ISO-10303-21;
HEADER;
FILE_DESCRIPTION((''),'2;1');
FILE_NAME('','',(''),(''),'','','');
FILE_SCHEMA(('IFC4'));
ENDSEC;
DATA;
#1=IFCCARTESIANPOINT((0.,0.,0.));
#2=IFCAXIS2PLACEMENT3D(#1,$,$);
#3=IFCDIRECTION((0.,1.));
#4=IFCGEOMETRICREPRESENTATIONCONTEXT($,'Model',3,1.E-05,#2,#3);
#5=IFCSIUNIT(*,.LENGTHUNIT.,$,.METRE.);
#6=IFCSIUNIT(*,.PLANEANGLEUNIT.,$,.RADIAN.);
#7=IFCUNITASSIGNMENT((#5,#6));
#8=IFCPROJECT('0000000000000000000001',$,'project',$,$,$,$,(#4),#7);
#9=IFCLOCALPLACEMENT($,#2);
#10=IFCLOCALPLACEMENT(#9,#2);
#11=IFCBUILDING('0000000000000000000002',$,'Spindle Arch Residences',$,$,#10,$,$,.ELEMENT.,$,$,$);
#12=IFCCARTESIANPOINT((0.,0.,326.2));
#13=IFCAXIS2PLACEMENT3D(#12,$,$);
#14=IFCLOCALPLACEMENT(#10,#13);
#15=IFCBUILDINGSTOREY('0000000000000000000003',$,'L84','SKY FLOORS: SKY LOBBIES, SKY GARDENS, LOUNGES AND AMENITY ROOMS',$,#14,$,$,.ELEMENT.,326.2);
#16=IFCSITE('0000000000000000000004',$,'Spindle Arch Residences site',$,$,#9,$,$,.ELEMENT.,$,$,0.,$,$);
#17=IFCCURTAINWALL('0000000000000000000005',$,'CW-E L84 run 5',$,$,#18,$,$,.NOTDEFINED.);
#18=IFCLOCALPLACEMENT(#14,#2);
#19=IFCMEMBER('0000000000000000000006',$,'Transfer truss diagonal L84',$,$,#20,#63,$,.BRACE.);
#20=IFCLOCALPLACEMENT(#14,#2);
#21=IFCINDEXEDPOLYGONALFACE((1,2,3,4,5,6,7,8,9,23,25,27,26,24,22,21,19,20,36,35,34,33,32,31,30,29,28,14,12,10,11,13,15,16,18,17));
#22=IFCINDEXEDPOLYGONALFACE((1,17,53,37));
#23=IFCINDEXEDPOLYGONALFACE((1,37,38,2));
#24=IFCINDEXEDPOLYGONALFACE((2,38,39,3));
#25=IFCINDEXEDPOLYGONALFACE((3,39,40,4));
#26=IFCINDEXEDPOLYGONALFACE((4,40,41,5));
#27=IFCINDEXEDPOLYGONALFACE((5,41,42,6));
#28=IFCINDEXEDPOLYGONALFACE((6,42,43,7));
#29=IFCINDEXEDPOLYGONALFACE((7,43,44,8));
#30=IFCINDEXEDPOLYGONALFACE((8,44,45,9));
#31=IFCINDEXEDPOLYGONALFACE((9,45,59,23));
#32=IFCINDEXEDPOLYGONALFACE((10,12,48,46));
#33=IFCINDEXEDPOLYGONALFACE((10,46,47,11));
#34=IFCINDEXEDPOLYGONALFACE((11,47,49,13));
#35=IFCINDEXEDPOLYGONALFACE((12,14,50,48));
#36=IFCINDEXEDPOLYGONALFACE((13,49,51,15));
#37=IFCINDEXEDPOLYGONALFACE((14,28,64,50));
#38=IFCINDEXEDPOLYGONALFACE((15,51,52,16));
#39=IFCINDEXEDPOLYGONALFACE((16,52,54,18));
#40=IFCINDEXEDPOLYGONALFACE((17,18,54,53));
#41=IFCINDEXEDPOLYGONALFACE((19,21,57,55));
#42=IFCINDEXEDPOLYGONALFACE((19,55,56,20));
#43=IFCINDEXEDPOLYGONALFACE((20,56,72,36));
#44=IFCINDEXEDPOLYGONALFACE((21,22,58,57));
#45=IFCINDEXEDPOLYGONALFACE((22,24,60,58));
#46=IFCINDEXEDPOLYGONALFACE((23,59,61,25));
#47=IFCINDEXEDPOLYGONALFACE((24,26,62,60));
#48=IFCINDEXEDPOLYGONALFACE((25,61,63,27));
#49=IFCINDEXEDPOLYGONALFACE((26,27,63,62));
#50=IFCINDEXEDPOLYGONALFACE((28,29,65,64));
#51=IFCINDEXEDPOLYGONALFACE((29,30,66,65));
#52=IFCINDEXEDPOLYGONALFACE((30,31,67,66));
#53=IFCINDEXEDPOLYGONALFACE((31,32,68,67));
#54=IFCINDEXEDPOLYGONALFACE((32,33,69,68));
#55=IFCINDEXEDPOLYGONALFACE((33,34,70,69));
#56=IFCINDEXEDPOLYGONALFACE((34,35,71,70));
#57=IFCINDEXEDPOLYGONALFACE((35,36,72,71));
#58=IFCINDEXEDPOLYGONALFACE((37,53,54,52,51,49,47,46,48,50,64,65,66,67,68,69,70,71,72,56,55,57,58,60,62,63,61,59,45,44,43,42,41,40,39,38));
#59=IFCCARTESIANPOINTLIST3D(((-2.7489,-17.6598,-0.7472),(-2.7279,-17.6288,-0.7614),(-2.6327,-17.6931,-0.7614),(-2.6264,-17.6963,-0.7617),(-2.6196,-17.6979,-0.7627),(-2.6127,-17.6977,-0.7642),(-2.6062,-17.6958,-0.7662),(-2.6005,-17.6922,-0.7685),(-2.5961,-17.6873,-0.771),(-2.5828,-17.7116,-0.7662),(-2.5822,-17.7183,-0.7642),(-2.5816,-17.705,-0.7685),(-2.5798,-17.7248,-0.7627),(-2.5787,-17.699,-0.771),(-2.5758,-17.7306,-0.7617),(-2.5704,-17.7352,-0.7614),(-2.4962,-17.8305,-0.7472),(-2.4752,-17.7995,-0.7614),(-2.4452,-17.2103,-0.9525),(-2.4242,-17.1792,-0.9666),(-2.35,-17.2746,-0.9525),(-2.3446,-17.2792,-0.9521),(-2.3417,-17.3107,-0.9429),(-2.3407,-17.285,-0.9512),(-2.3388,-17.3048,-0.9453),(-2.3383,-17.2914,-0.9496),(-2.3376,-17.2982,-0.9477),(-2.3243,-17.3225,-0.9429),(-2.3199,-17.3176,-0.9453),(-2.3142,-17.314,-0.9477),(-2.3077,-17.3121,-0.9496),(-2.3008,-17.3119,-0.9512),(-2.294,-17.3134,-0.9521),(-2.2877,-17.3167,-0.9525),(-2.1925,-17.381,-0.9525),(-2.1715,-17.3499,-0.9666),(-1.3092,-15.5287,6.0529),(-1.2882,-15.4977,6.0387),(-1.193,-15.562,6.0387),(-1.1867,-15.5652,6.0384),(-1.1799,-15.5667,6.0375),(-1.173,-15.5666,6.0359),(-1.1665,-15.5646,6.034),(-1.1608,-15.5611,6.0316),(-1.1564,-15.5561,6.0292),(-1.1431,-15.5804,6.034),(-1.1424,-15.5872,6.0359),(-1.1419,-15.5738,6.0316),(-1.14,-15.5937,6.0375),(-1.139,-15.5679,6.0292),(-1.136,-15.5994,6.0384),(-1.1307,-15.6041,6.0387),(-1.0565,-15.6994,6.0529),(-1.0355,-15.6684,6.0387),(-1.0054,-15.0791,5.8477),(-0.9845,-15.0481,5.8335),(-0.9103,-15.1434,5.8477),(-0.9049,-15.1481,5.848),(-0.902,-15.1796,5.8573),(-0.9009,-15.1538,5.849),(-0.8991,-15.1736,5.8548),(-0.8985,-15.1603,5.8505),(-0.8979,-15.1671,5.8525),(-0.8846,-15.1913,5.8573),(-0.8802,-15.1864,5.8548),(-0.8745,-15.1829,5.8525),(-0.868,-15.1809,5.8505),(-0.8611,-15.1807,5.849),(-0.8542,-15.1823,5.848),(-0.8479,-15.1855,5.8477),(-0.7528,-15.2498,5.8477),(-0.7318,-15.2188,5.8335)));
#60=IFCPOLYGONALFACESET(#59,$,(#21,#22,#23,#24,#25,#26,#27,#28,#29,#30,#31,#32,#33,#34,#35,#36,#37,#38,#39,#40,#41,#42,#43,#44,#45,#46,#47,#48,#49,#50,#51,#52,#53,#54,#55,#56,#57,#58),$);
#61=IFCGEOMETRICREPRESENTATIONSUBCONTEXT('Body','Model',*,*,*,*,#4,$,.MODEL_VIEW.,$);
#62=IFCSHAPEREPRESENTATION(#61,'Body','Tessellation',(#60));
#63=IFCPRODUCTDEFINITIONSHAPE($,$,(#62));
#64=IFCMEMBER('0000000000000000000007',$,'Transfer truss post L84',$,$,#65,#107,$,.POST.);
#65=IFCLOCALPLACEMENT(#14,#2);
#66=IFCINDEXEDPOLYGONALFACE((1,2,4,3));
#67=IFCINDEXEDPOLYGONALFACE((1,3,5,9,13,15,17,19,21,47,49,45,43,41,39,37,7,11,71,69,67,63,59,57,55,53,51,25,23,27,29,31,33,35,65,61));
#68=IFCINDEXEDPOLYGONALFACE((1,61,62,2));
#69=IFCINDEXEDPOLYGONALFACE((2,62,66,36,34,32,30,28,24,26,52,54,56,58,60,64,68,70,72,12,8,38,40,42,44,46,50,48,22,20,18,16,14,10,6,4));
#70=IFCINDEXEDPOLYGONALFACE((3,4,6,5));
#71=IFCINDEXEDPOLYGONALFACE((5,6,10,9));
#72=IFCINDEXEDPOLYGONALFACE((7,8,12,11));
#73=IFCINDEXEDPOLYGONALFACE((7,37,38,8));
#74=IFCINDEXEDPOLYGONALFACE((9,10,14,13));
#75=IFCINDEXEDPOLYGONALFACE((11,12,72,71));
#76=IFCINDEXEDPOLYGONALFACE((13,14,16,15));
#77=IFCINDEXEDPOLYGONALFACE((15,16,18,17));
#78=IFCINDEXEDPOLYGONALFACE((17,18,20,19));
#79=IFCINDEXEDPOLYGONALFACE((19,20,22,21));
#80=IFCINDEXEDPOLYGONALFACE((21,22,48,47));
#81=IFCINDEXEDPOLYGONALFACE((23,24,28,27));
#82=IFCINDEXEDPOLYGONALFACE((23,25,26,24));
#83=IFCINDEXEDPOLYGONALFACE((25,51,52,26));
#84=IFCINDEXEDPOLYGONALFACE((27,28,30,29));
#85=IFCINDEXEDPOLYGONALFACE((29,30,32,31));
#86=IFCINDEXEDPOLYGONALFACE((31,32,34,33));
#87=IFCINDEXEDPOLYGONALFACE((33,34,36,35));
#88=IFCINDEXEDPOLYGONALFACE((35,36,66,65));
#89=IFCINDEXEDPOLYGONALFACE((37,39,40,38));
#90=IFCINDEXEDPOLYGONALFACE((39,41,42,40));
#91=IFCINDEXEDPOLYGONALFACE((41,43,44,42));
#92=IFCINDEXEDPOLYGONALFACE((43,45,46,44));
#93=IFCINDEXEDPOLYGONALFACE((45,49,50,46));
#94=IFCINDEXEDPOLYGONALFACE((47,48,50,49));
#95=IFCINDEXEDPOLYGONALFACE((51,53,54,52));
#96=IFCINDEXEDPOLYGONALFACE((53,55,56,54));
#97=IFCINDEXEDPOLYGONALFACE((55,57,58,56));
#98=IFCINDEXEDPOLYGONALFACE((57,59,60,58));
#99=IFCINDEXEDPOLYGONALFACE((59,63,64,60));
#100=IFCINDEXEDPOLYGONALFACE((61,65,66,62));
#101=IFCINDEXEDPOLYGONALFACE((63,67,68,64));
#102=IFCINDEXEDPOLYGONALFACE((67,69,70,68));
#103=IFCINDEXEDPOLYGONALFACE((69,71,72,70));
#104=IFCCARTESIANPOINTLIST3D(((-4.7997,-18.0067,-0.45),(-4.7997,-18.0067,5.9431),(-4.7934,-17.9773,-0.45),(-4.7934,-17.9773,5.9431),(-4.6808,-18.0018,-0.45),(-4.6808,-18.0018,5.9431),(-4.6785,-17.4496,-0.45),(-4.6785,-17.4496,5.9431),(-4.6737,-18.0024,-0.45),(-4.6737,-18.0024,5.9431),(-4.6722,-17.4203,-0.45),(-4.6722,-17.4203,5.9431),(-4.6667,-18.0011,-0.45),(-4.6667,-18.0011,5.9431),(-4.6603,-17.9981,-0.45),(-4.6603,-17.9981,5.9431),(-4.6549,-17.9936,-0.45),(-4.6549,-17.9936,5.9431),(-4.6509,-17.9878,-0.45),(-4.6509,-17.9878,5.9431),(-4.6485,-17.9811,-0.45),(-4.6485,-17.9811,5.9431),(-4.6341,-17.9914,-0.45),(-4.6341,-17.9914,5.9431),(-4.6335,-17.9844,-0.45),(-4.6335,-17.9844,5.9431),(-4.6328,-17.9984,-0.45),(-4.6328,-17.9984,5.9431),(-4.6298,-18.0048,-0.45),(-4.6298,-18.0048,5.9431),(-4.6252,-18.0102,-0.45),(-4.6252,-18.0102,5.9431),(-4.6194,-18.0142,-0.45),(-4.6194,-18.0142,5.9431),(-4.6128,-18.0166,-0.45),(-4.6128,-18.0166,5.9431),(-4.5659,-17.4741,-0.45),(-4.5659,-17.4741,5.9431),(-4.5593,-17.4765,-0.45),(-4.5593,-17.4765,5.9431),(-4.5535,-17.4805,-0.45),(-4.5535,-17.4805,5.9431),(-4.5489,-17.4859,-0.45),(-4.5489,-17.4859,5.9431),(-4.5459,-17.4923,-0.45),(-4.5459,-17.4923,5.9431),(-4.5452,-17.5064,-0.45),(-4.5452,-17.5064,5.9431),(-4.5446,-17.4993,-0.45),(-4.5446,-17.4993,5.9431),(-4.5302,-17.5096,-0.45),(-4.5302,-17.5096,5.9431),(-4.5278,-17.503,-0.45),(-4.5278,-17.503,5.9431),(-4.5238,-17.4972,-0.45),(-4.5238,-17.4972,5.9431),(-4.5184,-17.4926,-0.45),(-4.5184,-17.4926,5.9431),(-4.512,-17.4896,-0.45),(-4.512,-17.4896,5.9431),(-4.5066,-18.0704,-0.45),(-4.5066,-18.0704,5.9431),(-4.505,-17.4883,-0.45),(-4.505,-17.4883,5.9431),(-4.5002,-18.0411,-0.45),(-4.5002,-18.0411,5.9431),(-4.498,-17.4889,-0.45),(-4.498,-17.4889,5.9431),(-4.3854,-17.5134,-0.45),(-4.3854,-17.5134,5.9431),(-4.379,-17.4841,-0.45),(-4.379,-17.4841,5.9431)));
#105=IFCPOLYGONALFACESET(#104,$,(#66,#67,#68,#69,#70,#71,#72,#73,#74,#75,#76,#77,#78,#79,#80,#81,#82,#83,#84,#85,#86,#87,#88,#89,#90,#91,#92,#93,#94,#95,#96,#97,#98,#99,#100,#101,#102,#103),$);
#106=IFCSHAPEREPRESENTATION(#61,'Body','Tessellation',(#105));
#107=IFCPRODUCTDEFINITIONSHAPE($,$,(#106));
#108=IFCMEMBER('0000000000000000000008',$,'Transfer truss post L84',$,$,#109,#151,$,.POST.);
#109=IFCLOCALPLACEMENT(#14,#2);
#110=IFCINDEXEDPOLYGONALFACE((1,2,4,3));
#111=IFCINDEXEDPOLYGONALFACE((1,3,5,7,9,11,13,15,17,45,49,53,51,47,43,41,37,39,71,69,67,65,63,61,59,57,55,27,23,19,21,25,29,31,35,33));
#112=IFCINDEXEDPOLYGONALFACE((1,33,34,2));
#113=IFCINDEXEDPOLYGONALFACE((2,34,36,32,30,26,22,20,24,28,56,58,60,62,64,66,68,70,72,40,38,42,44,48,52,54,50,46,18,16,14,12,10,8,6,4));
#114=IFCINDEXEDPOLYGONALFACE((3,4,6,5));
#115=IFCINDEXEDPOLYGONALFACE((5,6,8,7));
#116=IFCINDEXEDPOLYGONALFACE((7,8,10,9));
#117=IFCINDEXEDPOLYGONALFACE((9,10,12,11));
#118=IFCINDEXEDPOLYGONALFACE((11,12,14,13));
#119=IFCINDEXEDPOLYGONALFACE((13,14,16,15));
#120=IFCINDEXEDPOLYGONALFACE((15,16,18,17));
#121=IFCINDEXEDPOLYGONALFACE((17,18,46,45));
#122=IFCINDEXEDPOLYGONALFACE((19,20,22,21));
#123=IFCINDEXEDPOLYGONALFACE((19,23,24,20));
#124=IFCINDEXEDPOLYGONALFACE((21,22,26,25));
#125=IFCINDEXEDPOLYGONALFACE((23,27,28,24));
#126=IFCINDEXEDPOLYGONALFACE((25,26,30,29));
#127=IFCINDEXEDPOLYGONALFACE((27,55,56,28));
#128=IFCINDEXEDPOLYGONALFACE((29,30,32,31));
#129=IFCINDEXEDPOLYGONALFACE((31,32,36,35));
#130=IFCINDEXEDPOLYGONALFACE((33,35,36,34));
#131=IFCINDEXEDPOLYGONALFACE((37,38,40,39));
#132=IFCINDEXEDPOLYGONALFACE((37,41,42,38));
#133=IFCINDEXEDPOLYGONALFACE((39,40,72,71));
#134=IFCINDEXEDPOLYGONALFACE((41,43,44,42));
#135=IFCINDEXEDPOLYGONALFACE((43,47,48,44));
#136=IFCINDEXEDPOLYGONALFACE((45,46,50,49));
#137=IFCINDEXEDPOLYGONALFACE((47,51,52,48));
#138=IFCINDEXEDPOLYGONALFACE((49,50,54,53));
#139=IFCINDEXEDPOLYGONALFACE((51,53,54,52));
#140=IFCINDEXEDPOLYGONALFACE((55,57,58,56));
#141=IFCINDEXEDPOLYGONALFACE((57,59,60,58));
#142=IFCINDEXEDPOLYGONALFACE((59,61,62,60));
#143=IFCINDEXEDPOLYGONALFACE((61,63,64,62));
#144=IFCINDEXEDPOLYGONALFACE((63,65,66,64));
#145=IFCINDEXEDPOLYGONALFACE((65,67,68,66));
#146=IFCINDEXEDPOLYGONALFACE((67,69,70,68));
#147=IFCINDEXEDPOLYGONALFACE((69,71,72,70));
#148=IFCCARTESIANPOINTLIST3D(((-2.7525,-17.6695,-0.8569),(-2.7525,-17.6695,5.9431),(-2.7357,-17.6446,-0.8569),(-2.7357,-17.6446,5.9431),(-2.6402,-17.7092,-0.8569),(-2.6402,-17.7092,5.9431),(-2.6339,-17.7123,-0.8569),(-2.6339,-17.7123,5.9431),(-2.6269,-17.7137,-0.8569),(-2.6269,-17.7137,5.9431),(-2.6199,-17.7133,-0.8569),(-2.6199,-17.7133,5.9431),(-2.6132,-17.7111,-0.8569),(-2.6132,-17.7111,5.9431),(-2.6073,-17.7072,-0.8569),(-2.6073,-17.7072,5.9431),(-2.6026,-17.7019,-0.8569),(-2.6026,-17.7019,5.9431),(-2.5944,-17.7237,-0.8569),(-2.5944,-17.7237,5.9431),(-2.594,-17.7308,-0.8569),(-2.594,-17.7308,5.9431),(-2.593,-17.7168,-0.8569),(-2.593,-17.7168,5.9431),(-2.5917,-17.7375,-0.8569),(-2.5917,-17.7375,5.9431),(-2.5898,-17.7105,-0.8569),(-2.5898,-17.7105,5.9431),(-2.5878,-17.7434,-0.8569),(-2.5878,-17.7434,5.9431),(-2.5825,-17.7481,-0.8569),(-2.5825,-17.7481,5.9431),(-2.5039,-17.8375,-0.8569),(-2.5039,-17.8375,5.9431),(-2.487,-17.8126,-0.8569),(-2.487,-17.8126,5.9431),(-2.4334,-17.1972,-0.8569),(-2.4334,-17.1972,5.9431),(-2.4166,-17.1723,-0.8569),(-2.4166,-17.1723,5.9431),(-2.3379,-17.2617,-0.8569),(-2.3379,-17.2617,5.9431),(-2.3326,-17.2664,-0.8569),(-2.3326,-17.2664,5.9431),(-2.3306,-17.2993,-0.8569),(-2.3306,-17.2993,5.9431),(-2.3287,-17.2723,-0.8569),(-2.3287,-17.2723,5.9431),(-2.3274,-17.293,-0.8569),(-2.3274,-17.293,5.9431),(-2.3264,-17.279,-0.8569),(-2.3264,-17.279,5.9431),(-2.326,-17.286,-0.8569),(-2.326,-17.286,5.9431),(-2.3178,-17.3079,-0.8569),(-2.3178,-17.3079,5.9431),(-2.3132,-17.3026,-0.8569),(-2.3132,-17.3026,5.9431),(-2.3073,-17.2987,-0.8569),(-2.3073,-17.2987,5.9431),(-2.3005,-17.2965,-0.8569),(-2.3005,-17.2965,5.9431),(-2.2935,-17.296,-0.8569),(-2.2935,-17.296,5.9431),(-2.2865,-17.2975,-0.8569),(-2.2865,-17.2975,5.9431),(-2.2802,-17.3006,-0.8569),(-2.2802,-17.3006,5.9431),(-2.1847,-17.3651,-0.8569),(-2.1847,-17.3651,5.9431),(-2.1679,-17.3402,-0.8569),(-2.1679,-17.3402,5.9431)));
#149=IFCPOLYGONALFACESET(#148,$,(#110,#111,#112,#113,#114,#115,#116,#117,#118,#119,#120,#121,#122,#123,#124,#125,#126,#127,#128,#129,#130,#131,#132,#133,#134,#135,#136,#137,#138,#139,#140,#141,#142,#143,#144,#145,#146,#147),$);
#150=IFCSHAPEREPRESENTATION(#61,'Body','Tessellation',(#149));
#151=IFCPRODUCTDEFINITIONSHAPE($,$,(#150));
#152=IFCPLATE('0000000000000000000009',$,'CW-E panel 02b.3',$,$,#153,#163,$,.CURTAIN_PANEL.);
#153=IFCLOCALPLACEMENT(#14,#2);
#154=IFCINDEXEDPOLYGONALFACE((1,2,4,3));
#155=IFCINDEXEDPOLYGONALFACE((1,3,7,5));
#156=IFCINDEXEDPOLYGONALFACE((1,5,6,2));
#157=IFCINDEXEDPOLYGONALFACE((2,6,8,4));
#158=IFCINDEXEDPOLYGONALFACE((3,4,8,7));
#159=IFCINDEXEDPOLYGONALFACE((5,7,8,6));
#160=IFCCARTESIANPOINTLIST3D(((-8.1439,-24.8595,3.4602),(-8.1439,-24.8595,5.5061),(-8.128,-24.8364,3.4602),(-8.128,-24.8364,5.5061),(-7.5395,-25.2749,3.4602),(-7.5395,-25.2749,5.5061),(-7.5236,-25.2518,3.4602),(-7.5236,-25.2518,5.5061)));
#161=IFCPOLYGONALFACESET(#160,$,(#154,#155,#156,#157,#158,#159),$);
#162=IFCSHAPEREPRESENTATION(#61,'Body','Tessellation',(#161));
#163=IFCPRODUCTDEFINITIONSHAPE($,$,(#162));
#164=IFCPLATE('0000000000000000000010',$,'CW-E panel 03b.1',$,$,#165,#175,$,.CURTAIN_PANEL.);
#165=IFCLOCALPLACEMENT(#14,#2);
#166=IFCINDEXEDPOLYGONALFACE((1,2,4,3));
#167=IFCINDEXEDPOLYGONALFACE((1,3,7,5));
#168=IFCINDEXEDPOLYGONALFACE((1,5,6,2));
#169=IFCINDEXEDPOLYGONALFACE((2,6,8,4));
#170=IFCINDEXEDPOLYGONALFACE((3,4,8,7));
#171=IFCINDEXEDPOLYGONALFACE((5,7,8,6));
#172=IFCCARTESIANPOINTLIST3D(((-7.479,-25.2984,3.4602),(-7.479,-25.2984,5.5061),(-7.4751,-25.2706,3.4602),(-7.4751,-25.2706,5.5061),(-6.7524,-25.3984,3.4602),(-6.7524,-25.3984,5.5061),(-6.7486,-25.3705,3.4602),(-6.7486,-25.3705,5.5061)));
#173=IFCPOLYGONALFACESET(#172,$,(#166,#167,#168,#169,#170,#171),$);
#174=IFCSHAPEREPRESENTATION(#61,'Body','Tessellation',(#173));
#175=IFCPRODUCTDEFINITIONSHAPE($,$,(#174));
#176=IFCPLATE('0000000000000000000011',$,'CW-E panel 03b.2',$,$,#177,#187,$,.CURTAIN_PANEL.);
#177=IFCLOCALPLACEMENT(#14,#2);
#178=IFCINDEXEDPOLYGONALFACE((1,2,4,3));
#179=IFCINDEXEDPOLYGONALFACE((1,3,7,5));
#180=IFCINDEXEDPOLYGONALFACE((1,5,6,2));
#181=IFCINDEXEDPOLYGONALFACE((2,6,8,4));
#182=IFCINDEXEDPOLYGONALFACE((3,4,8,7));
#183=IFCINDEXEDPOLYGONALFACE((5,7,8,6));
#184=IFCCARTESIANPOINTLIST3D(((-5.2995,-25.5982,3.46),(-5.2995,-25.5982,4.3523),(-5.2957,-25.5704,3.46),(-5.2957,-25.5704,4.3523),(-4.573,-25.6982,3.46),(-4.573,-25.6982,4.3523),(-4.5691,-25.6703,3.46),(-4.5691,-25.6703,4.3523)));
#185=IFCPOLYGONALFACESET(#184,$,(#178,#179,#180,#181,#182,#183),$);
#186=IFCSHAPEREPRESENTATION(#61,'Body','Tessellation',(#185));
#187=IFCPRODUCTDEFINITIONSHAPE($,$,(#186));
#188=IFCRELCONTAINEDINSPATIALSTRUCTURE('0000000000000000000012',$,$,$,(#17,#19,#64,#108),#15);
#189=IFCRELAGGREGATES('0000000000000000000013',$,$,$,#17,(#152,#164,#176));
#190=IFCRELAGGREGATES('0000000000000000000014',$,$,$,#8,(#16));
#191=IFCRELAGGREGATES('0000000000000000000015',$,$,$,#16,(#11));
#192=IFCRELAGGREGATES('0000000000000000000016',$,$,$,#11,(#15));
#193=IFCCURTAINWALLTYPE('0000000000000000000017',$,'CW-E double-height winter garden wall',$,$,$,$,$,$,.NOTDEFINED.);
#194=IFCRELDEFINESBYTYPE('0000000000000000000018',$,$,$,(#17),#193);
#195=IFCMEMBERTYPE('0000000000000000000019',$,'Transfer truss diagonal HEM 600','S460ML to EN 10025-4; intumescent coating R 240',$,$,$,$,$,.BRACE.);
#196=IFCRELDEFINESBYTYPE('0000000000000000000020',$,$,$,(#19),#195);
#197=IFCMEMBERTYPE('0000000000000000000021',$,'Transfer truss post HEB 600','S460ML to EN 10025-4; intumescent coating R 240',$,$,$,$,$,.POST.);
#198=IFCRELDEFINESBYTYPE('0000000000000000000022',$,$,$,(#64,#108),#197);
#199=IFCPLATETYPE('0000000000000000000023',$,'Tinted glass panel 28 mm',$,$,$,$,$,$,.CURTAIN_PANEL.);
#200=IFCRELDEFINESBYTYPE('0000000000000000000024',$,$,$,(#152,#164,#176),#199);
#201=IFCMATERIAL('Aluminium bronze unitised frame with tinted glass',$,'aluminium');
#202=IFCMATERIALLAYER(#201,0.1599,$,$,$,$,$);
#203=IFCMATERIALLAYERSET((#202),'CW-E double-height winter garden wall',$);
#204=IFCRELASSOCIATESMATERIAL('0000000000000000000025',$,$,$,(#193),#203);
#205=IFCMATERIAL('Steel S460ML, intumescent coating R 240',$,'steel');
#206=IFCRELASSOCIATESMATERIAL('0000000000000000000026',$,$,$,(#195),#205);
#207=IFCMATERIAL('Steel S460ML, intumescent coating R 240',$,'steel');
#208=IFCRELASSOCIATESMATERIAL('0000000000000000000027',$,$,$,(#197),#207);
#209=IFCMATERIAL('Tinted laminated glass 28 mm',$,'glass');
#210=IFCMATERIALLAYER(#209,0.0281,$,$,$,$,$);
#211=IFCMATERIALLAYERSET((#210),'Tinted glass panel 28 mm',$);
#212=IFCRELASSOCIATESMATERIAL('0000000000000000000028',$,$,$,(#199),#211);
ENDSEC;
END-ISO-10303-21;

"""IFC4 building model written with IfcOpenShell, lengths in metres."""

from ifc_helpers import new_model, si_unit, direction, frame, origin, origin_2d, place, context, subcontext, project, spatial, rectangle, i_section, extrude, material, layer, layer_set, material_profile, profile_set, type_object, element, aggregate, save


model = new_model("IFC4")

# Units and contexts
model_context = context("Model", 3, precision=1e-05, world=origin(), true_north=direction((0.0, 1.0)))
body_context = subcontext(model_context, "Body", "Model", "MODEL_VIEW")
ifc_project = project(units=[si_unit("LENGTHUNIT", "METRE"), si_unit("PLANEANGLEUNIT", "RADIAN")], contexts=[model_context])

# Site, building, storey
site_placement = place(None, origin())
site = spatial("IfcSite", under=ifc_project, at=site_placement, Name="Spindle Arch Residences site", CompositionType="ELEMENT", RefElevation=0.0)
building_placement = place(site_placement, origin())
building = spatial("IfcBuilding", under=site, at=building_placement, Name="Spindle Arch Residences", CompositionType="ELEMENT")
storey_placement = place(building_placement, frame((0.0, 0.0, 326.2)))
storey = spatial("IfcBuildingStorey", under=building, at=storey_placement, Name="L84", Description="SKY FLOORS: SKY LOBBIES, SKY GARDENS, LOUNGES AND AMENITY ROOMS", CompositionType="ELEMENT", Elevation=326.2)

# Curtain wall
ifc_material_1 = material(Name="Aluminium bronze unitised frame with tinted glass", Category="aluminium")
ifc_layer_1 = layer(ifc_material_1, 0.1599)
ifc_layer_set_1 = layer_set([ifc_layer_1], Name="CW-E double-height winter garden wall")
curtain_wall_type = type_object("IfcCurtainWallType", Name="CW-E double-height winter garden wall", PredefinedType="NOTDEFINED", material=ifc_layer_set_1)
curtain_wall_placement = place(storey_placement, origin())
curtain_wall = element("IfcCurtainWall", 1, at=curtain_wall_placement, inside=storey, type_object=curtain_wall_type, Name="CW-E L84 run 5", PredefinedType="NOTDEFINED")

# Members
ifc_material_2 = material(Name="Steel S460ML, intumescent coating R 240", Category="steel")
ifc_material_profile_1 = material_profile(ifc_material_2, i_section(OverallWidth=0.3049, OverallDepth=0.6201, WebThickness=0.021, FlangeThickness=0.04, FilletRadius=0.0271, at=origin_2d()), Name="HEM 600")
ifc_profile_set_1 = profile_set([ifc_material_profile_1], Name="Steel S460ML, intumescent coating R 240")
member_type_1 = type_object("IfcMemberType", Name="Transfer truss diagonal HEM 600", Description="S460ML to EN 10025-4; intumescent coating R 240", PredefinedType="BRACE", material=ifc_profile_set_1)
member_1_placement = place(storey_placement, frame((-2.4602, -17.5049, -0.8569), z_axis=(0.198029, 0.293131, 0.935339), x_axis=(-0.828632, 0.559794, 0.0)))
element("IfcMember", 2, at=member_1_placement, inside=storey, type_object=member_type_1, Name="Transfer truss diagonal L84", PredefinedType="BRACE", context=body_context, shape_type="SweptSolid", body=[
    extrude(i_section(OverallWidth=0.3049, OverallDepth=0.6201, WebThickness=0.021, FlangeThickness=0.04, FilletRadius=0.0271, at=origin_2d()), origin(), (0.0, 0.0, 1.0), 7.2703),
])
ifc_material_3 = material(Name="Steel S460ML, intumescent coating R 240", Category="steel")
ifc_material_profile_2 = material_profile(ifc_material_3, i_section(OverallWidth=0.3, OverallDepth=0.6001, WebThickness=0.0154, FlangeThickness=0.03, FilletRadius=0.0271, at=origin_2d()), Name="HEB 600")
ifc_profile_set_2 = profile_set([ifc_material_profile_2], Name="Steel S460ML, intumescent coating R 240")
member_type_2 = type_object("IfcMemberType", Name="Transfer truss post HEB 600", Description="S460ML to EN 10025-4; intumescent coating R 240", PredefinedType="POST", material=ifc_profile_set_2)
member_2_placement = place(storey_placement, frame((-4.5894, -17.7454, -0.45), z_axis=(0.0, 0.0, 1.0), x_axis=(-0.977139, 0.212602, 0.0)))
element("IfcMember", 3, at=member_2_placement, inside=storey, type_object=member_type_2, Name="Transfer truss post L84", PredefinedType="POST", context=body_context, shape_type="SweptSolid", body=[
    extrude(i_section(OverallWidth=0.3, OverallDepth=0.6001, WebThickness=0.0154, FlangeThickness=0.03, FilletRadius=0.0271, at=origin_2d()), origin(), (0.0, 0.0, 1.0), 6.3931),
])
member_3_placement = place(storey_placement, frame((-2.4602, -17.5049, -0.8569), z_axis=(0.0, 0.0, 1.0), x_axis=(-0.828626, 0.559803, 0.0)))
element("IfcMember", 4, at=member_3_placement, inside=storey, type_object=member_type_2, Name="Transfer truss post L84", PredefinedType="POST", context=body_context, shape_type="SweptSolid", body=[
    extrude(i_section(OverallWidth=0.3, OverallDepth=0.6001, WebThickness=0.0154, FlangeThickness=0.03, FilletRadius=0.0271, at=origin_2d()), origin(), (0.0, 0.0, 1.0), 6.8),
])

# Plates
ifc_material_4 = material(Name="Tinted laminated glass 28 mm", Category="glass")
ifc_layer_2 = layer(ifc_material_4, 0.0281)
ifc_layer_set_2 = layer_set([ifc_layer_2], Name="Tinted glass panel 28 mm")
plate_type_1 = type_object("IfcPlateType", Name="Tinted glass panel 28 mm", PredefinedType="CURTAIN_PANEL", material=ifc_layer_set_2)
plate_1_placement = place(storey_placement, frame((-7.8337, -25.0557, 3.4602), z_axis=(0.0, 0.0, 1.0), x_axis=(0.824126, -0.566406, 0.0)))
plate_1 = element("IfcPlate", 5, at=plate_1_placement, type_object=plate_type_1, Name="CW-E panel 02b.3", PredefinedType="CURTAIN_PANEL", context=body_context, shape_type="SweptSolid", body=[
    extrude(rectangle(XDim=0.7334, YDim=0.0281, at=origin_2d()), origin(), (0.0, 0.0, 1.0), 2.0459),
])
plate_2_placement = place(storey_placement, frame((-7.1138, -25.3345, 3.4602), z_axis=(0.0, 0.0, 1.0), x_axis=(0.990669, -0.136292, 0.0)))
plate_2 = element("IfcPlate", 6, at=plate_2_placement, type_object=plate_type_1, Name="CW-E panel 03b.1", PredefinedType="CURTAIN_PANEL", context=body_context, shape_type="SweptSolid", body=[
    extrude(rectangle(XDim=0.7334, YDim=0.0281, at=origin_2d()), origin(), (0.0, 0.0, 1.0), 2.0459),
])
plate_3_placement = place(storey_placement, frame((-4.9343, -25.6343, 3.46), z_axis=(0.0, 0.0, 1.0), x_axis=(0.990669, -0.136292, 0.0)))
plate_3 = element("IfcPlate", 7, at=plate_3_placement, type_object=plate_type_1, Name="CW-E panel 03b.2", PredefinedType="CURTAIN_PANEL", context=body_context, shape_type="SweptSolid", body=[
    extrude(rectangle(XDim=0.7334, YDim=0.0281, at=origin_2d()), origin(), (0.0, 0.0, 1.0), 0.8923),
])
aggregate(curtain_wall, [plate_1, plate_2, plate_3])

save(model, "model.ifc")
